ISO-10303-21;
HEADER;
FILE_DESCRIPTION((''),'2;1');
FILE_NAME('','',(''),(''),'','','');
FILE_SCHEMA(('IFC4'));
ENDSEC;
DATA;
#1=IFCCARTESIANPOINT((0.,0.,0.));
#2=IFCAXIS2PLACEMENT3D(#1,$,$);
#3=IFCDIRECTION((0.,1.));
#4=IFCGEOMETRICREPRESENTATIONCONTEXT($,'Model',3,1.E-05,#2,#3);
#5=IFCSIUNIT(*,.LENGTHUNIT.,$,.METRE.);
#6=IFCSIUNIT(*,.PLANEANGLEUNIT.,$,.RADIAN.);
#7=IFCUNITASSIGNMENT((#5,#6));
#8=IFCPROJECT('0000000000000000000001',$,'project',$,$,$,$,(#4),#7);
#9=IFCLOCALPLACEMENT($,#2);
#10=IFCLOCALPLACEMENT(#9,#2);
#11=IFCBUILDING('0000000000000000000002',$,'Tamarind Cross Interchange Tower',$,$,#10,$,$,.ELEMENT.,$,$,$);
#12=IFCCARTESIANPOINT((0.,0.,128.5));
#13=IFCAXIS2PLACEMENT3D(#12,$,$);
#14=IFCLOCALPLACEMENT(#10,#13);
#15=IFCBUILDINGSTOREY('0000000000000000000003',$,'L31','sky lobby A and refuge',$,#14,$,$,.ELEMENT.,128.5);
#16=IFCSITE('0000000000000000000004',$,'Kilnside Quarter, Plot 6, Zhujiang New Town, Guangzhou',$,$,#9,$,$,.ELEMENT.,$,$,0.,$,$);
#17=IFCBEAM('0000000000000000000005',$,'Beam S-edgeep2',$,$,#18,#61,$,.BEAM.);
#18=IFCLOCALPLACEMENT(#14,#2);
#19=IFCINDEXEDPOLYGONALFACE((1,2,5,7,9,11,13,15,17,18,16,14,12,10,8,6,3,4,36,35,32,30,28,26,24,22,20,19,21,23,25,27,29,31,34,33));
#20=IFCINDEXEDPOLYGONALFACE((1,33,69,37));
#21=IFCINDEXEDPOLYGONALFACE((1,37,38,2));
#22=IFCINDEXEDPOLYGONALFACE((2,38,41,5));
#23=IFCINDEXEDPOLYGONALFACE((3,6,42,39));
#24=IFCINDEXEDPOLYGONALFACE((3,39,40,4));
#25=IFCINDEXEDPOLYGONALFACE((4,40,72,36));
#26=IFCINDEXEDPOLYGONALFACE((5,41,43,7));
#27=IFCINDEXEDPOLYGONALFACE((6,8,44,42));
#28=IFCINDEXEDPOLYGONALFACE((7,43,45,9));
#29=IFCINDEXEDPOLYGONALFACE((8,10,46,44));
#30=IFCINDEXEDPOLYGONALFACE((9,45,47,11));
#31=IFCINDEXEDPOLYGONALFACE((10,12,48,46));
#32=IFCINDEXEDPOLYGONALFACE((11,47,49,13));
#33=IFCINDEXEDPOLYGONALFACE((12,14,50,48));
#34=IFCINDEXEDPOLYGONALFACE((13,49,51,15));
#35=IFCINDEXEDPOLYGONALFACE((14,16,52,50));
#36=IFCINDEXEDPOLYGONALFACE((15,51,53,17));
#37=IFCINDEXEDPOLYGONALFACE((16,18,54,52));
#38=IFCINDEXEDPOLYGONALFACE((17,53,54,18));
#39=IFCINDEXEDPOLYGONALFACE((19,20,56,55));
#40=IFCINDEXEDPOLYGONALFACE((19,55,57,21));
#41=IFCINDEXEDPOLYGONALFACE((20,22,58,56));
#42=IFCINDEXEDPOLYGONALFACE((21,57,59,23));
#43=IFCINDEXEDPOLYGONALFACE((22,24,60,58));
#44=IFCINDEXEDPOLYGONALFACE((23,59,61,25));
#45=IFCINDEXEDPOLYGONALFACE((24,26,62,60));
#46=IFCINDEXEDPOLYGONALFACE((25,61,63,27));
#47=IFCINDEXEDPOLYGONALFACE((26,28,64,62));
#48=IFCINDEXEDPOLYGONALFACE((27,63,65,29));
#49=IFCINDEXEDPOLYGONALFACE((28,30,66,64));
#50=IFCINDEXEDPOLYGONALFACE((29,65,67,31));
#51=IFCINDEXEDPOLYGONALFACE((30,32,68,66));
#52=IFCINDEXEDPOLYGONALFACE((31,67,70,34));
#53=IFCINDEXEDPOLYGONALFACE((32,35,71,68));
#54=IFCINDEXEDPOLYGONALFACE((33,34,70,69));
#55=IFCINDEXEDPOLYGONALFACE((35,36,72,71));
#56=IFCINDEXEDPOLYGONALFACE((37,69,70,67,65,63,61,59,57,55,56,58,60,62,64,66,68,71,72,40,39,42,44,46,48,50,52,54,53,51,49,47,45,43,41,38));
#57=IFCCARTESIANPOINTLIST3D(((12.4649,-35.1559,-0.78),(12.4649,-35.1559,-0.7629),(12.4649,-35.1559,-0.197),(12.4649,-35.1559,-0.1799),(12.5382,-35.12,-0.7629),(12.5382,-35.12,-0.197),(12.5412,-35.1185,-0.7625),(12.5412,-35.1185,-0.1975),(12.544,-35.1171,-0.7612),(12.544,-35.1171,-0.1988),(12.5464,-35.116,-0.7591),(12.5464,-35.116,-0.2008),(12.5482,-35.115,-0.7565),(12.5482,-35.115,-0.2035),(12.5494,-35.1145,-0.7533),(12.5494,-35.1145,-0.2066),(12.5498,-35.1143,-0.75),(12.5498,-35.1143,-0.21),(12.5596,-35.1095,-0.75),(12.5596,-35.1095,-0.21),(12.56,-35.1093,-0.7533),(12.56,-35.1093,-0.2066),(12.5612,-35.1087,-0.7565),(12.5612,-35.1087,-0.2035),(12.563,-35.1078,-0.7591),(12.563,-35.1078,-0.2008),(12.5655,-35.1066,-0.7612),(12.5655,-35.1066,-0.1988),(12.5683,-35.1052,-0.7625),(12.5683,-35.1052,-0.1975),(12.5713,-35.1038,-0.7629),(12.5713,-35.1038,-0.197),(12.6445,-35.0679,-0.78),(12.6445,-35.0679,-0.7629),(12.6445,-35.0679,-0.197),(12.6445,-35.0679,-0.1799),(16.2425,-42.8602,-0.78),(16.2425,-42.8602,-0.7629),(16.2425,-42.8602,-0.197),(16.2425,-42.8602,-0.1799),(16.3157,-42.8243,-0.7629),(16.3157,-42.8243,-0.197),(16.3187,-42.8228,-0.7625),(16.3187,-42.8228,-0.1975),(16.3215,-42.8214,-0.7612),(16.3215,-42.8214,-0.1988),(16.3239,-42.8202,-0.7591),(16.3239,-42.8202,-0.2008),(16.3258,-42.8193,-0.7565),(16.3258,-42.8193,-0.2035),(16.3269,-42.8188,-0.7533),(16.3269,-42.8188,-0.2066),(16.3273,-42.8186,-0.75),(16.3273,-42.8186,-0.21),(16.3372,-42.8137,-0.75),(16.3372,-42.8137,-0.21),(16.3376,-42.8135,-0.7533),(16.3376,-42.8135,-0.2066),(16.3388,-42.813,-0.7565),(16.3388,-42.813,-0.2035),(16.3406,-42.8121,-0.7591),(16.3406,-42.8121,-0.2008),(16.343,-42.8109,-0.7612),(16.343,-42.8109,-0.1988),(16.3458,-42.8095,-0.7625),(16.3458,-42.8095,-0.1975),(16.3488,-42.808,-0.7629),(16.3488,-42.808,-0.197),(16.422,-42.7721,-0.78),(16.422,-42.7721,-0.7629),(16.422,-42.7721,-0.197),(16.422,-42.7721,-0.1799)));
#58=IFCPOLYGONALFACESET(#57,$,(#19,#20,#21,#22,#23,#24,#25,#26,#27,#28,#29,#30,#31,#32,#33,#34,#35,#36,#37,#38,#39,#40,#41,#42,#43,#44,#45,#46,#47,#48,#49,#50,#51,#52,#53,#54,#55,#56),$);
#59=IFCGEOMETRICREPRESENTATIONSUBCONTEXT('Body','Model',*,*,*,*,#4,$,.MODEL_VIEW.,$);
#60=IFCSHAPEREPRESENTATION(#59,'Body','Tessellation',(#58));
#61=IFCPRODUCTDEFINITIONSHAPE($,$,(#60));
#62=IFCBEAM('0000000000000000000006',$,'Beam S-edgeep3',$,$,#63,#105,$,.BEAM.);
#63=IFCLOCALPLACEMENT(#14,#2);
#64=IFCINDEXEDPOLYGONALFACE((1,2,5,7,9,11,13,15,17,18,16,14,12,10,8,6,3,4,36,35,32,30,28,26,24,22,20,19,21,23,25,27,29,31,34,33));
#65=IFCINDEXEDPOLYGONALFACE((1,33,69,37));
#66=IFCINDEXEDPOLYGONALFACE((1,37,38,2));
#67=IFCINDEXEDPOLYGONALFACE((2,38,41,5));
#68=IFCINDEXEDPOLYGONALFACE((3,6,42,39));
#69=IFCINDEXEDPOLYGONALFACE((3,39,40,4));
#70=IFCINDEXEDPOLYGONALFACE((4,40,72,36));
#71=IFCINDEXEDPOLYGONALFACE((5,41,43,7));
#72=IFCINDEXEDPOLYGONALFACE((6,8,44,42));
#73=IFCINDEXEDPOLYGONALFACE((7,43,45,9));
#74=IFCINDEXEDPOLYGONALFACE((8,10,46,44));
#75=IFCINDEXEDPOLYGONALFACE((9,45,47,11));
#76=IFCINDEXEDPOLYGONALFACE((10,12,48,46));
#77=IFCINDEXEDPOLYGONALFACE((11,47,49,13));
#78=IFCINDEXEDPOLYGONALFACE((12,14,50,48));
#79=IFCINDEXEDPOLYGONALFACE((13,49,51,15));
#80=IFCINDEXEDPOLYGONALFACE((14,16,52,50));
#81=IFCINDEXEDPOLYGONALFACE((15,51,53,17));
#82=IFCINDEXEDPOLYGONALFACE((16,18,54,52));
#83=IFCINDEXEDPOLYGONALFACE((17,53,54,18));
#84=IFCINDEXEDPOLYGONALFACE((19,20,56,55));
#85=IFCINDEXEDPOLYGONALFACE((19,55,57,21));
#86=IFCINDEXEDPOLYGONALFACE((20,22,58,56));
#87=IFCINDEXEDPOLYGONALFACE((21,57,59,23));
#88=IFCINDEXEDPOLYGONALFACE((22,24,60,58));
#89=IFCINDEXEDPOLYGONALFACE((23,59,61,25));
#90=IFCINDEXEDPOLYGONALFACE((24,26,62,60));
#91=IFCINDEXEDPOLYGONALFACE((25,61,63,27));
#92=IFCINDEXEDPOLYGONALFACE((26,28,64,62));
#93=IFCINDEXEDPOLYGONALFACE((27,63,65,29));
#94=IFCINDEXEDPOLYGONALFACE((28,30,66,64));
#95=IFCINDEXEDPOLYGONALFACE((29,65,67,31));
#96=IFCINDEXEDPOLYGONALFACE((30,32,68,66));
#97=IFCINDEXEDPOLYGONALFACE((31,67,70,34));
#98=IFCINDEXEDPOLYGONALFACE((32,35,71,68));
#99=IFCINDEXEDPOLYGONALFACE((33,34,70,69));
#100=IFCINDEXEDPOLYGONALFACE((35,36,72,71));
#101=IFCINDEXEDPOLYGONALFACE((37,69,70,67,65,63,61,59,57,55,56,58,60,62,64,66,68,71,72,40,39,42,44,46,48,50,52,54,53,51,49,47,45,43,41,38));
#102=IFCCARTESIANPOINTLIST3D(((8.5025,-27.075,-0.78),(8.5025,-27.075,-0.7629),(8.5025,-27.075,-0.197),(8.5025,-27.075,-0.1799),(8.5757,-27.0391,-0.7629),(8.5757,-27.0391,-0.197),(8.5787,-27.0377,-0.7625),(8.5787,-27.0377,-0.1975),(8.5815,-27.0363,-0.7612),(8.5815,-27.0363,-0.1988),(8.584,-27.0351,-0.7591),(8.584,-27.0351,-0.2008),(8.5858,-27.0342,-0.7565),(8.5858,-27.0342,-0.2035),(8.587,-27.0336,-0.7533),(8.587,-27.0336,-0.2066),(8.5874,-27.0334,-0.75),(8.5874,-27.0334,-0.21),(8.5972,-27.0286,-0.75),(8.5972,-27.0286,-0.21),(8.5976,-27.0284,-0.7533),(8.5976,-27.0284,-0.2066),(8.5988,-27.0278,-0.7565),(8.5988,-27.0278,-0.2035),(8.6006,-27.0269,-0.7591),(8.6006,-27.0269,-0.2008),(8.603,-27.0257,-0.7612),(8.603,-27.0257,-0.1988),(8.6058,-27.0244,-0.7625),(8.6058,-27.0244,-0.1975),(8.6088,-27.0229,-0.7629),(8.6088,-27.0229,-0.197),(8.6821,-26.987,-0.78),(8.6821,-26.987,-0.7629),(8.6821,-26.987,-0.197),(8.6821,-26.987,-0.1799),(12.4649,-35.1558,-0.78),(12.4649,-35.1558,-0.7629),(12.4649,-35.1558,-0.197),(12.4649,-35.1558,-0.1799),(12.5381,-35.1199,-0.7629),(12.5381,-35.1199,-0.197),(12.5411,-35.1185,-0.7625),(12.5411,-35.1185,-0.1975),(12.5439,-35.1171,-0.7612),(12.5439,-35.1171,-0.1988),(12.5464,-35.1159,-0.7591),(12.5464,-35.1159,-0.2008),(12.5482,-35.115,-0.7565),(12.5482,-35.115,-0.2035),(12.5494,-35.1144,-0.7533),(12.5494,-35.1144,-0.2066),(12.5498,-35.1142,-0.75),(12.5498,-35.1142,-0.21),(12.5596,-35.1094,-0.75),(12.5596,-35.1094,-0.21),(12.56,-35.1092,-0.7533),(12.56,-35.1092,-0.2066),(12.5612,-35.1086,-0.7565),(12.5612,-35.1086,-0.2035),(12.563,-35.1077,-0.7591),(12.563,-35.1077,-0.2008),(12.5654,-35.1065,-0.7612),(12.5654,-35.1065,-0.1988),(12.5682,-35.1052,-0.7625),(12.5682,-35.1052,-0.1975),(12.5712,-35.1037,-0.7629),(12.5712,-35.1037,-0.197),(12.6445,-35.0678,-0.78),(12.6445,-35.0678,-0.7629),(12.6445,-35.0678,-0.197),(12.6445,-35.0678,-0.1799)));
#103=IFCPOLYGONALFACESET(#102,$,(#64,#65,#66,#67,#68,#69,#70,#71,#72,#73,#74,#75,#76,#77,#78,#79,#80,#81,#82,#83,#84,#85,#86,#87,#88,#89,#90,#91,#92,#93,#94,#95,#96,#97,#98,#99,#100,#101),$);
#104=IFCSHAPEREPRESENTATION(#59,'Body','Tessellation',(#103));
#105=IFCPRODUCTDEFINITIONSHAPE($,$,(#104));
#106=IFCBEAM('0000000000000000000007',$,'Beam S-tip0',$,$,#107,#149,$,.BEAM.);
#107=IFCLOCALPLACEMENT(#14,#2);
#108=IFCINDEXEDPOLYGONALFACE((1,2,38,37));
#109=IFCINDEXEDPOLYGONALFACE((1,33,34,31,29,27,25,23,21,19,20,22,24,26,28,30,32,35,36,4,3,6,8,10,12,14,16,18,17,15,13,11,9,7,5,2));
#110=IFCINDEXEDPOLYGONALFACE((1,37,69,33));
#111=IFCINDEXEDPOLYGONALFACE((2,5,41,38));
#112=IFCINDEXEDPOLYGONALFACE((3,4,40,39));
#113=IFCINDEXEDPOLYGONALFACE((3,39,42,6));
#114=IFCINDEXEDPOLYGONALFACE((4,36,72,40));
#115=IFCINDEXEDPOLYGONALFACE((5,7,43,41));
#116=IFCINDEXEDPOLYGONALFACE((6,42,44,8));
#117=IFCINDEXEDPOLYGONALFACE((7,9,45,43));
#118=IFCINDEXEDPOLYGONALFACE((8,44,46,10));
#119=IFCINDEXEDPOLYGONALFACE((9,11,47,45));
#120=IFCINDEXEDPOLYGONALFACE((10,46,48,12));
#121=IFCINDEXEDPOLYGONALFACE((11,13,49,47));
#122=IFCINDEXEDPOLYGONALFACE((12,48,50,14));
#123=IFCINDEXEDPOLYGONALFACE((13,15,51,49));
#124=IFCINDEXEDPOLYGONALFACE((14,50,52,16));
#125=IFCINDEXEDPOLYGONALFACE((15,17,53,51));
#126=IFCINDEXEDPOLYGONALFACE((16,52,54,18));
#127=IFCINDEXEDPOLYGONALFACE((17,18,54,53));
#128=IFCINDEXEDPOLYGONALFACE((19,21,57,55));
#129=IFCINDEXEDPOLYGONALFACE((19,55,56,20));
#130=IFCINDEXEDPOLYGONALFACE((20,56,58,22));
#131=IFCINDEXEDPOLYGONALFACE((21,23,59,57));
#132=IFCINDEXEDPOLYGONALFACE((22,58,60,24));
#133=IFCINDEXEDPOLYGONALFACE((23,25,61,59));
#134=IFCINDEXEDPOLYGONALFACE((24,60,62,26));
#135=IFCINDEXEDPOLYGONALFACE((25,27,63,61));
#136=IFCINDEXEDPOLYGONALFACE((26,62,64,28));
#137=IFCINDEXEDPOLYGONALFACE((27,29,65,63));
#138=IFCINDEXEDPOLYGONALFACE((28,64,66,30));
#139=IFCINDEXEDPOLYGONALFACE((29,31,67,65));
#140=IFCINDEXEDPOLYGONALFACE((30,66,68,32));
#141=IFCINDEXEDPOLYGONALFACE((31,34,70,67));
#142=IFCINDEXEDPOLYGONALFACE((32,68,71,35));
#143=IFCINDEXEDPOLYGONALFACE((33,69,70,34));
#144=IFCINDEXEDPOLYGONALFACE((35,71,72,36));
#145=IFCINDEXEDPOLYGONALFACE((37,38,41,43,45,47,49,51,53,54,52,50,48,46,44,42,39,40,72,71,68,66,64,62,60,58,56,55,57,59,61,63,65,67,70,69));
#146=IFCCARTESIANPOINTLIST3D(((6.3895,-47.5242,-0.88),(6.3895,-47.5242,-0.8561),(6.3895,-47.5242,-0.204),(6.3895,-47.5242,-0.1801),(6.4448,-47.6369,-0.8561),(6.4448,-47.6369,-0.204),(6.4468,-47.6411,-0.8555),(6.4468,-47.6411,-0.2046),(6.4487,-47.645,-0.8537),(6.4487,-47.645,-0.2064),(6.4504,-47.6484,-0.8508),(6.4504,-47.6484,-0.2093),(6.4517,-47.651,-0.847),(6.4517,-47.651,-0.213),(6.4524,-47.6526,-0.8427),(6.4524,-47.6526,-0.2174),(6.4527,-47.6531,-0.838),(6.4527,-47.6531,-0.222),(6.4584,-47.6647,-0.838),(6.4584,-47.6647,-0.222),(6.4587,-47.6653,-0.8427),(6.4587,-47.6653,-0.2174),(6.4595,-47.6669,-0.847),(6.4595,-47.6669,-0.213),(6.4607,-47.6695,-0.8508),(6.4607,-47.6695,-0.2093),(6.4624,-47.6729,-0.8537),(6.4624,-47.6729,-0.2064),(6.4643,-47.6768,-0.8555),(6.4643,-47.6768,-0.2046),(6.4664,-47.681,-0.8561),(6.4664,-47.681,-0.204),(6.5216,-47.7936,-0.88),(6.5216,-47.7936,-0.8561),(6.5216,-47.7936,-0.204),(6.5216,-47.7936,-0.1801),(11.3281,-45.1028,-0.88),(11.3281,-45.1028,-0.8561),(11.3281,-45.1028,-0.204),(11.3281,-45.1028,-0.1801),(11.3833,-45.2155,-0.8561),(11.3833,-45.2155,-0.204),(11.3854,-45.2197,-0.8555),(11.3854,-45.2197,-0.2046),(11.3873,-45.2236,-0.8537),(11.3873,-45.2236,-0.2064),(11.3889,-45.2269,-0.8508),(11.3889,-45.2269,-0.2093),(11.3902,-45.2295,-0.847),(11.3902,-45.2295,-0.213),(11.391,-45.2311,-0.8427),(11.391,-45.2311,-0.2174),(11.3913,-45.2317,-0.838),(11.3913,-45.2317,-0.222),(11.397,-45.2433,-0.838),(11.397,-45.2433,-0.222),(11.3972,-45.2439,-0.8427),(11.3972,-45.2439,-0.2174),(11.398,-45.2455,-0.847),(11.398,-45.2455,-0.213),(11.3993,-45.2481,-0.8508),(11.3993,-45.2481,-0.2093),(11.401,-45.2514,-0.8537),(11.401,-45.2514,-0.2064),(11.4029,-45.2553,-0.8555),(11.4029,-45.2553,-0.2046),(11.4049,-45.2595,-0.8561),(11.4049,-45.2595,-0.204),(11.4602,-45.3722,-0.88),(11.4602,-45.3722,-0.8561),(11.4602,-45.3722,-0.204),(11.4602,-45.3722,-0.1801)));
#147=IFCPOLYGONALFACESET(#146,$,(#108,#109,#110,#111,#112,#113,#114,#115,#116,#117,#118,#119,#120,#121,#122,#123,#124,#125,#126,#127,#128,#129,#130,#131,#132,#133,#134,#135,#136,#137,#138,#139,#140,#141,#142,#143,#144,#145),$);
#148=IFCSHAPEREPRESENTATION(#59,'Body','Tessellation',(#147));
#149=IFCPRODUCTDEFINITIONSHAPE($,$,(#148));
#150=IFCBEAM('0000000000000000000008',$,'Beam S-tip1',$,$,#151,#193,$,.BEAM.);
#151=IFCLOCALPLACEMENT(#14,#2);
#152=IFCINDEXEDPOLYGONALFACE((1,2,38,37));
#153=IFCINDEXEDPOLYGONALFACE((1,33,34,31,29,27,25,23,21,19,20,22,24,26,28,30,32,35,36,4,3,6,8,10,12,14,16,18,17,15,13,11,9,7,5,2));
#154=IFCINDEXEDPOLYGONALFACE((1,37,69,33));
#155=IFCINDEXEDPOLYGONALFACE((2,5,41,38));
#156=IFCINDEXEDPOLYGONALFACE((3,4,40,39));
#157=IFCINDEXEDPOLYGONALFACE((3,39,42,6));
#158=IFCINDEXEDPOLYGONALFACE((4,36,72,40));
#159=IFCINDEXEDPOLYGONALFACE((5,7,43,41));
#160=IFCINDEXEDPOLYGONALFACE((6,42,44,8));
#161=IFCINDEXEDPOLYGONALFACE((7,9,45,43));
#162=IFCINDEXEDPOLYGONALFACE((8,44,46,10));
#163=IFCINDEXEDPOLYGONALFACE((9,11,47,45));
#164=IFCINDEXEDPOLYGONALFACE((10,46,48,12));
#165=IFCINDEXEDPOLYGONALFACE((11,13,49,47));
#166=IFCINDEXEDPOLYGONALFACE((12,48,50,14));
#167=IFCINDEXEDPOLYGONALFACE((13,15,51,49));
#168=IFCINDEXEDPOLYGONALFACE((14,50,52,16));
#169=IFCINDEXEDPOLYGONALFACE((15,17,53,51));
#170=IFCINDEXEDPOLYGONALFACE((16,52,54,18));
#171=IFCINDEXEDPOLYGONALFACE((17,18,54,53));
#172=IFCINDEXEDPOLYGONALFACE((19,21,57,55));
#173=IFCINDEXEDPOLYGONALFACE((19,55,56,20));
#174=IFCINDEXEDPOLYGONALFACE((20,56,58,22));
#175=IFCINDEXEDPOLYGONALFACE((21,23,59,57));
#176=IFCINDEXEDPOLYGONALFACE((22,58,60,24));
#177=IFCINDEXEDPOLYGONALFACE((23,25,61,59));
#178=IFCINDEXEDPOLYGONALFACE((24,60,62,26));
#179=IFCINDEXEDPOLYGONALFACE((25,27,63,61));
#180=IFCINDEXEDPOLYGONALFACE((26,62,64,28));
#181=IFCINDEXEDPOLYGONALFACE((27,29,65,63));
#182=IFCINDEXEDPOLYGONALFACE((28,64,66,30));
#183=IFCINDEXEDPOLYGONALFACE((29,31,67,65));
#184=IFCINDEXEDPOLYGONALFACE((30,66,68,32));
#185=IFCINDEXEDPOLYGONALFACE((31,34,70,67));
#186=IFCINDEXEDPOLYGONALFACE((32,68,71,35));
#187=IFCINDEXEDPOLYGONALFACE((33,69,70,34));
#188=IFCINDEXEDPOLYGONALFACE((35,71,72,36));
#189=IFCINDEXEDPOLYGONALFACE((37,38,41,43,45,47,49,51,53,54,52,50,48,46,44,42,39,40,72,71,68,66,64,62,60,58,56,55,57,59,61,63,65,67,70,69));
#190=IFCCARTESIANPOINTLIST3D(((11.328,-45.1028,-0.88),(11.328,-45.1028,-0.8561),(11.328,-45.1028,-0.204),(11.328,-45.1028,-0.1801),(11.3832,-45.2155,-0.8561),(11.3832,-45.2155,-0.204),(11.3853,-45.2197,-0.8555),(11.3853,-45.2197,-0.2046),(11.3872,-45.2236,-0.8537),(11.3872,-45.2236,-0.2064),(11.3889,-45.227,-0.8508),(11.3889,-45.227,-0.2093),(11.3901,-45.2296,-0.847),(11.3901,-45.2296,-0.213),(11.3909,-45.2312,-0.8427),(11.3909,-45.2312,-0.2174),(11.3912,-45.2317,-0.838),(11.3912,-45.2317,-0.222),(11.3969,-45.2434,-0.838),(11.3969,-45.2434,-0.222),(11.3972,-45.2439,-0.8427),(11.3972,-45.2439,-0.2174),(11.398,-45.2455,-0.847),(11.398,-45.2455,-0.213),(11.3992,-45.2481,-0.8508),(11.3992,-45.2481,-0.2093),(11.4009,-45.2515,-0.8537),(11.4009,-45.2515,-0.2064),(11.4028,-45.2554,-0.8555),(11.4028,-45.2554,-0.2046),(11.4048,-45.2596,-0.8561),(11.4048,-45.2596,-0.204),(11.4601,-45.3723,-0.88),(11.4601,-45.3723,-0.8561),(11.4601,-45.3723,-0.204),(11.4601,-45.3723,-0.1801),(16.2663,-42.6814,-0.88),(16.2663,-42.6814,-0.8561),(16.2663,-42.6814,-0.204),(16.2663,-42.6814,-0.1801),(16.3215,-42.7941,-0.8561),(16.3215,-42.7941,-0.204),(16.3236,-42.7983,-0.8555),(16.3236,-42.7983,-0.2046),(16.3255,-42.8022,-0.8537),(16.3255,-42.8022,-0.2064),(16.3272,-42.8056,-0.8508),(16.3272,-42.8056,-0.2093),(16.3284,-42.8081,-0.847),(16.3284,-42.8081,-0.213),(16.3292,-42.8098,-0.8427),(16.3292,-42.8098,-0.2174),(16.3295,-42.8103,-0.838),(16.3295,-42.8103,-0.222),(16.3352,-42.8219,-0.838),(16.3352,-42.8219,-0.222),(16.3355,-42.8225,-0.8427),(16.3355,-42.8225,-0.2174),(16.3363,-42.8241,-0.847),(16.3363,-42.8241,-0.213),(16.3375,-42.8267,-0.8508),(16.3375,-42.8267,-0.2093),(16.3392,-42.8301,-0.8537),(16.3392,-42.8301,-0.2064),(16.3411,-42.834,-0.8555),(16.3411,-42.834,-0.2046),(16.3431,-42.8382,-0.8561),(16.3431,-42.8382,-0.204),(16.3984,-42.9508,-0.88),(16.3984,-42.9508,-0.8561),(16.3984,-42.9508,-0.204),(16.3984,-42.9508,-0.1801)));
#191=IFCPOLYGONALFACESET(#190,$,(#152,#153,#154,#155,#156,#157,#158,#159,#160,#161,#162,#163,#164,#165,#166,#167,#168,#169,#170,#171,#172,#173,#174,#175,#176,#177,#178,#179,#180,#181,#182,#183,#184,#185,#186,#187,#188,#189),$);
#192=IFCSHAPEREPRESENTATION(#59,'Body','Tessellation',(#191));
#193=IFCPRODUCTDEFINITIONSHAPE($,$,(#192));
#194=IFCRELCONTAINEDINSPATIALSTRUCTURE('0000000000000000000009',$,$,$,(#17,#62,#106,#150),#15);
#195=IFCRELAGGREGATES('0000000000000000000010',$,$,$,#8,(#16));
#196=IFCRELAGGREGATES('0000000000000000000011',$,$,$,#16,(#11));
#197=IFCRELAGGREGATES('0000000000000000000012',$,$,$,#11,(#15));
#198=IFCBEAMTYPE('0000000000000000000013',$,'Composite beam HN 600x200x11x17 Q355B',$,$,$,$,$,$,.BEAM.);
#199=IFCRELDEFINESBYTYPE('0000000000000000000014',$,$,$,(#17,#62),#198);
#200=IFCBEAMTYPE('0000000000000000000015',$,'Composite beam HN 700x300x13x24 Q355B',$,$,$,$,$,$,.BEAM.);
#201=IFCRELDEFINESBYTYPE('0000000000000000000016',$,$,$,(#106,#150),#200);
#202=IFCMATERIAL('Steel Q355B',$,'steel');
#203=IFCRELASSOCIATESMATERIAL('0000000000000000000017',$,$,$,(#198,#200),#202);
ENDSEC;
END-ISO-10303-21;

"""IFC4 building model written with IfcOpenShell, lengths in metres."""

from ifc_helpers import new_model, si_unit, direction, frame, origin, origin_2d, place, context, subcontext, project, spatial, i_section, extrude, material, material_profile, profile_set, type_object, element, save


model = new_model("IFC4")

# Units and contexts
model_context = context("Model", 3, precision=1e-05, world=origin(), true_north=direction((0.0, 1.0)))
body_context = subcontext(model_context, "Body", "Model", "MODEL_VIEW")
ifc_project = project(units=[si_unit("LENGTHUNIT", "METRE"), si_unit("PLANEANGLEUNIT", "RADIAN")], contexts=[model_context])

# Site, building, storey
site_placement = place(None, origin())
site = spatial("IfcSite", under=ifc_project, at=site_placement, Name="Kilnside Quarter, Plot 6, Zhujiang New Town, Guangzhou", CompositionType="ELEMENT", RefElevation=0.0)
building_placement = place(site_placement, origin())
building = spatial("IfcBuilding", under=site, at=building_placement, Name="Tamarind Cross Interchange Tower", CompositionType="ELEMENT")
storey_placement = place(building_placement, frame((0.0, 0.0, 128.5)))
storey = spatial("IfcBuildingStorey", under=building, at=storey_placement, Name="L31", Description="sky lobby A and refuge", CompositionType="ELEMENT", Elevation=128.5)

# Beams
ifc_material_1 = material(Name="Steel Q355B", Category="steel")
ifc_material_profile_1 = material_profile(ifc_material_1, i_section(OverallWidth=0.2, OverallDepth=0.6001, WebThickness=0.011, FlangeThickness=0.0171, FilletRadius=0.0129, at=origin_2d()), Name="HN 600x200x11x17")
ifc_profile_set_1 = profile_set([ifc_material_profile_1], Name="Steel Q355B")
beam_type_1 = type_object("IfcBeamType", Name="Composite beam HN 600x200x11x17 Q355B", PredefinedType="BEAM", material=ifc_profile_set_1)
beam_1_placement = place(storey_placement, frame((16.3323, -42.8162, -0.48), z_axis=(-0.440246, 0.897877, 0.0), x_axis=(-0.897877, -0.440246, 0.0)))
element("IfcBeam", 1, at=beam_1_placement, inside=storey, type_object=beam_type_1, Name="Beam S-edgeep2", PredefinedType="BEAM", context=body_context, shape_type="SweptSolid", body=[
    extrude(i_section(OverallWidth=0.2, OverallDepth=0.6001, WebThickness=0.011, FlangeThickness=0.0171, FilletRadius=0.0129, at=origin_2d()), origin(), (0.0, 0.0, 1.0), 8.5806),
])
beam_2_placement = place(storey_placement, frame((12.5547, -35.1118, -0.48), z_axis=(-0.440267, 0.897867, 0.0), x_axis=(-0.897867, -0.440267, 0.0)))
element("IfcBeam", 2, at=beam_2_placement, inside=storey, type_object=beam_type_1, Name="Beam S-edgeep3", PredefinedType="BEAM", context=body_context, shape_type="SweptSolid", body=[
    extrude(i_section(OverallWidth=0.2, OverallDepth=0.6001, WebThickness=0.011, FlangeThickness=0.0171, FilletRadius=0.0129, at=origin_2d()), origin(), (0.0, 0.0, 1.0), 9.0),
])
ifc_material_profile_2 = material_profile(ifc_material_1, i_section(OverallWidth=0.3, OverallDepth=0.7, WebThickness=0.0129, FlangeThickness=0.0239, FilletRadius=0.0181, at=origin_2d()), Name="HN 700x300x13x24")
ifc_profile_set_2 = profile_set([ifc_material_profile_2], Name="Steel Q355B")
beam_type_2 = type_object("IfcBeamType", Name="Composite beam HN 700x300x13x24 Q355B", PredefinedType="BEAM", material=ifc_profile_set_2)
beam_3_placement = place(storey_placement, frame((6.4556, -47.6589, -0.53), z_axis=(0.89788, 0.44024, 0.0), x_axis=(-0.44024, 0.89788, 0.0)))
element("IfcBeam", 3, at=beam_3_placement, inside=storey, type_object=beam_type_2, Name="Beam S-tip0", PredefinedType="BEAM", context=body_context, shape_type="SweptSolid", body=[
    extrude(i_section(OverallWidth=0.3, OverallDepth=0.7, WebThickness=0.0129, FlangeThickness=0.0239, FilletRadius=0.0181, at=origin_2d()), origin(), (0.0, 0.0, 1.0), 5.5002),
])
beam_4_placement = place(storey_placement, frame((11.394, -45.2375, -0.53), z_axis=(0.897872, 0.440258, 0.0), x_axis=(-0.440258, 0.897872, 0.0)))
element("IfcBeam", 4, at=beam_4_placement, inside=storey, type_object=beam_type_2, Name="Beam S-tip1", PredefinedType="BEAM", context=body_context, shape_type="SweptSolid", body=[
    extrude(i_section(OverallWidth=0.3, OverallDepth=0.7, WebThickness=0.0129, FlangeThickness=0.0239, FilletRadius=0.0181, at=origin_2d()), origin(), (0.0, 0.0, 1.0), 5.5),
])

save(model, "model.ifc")
